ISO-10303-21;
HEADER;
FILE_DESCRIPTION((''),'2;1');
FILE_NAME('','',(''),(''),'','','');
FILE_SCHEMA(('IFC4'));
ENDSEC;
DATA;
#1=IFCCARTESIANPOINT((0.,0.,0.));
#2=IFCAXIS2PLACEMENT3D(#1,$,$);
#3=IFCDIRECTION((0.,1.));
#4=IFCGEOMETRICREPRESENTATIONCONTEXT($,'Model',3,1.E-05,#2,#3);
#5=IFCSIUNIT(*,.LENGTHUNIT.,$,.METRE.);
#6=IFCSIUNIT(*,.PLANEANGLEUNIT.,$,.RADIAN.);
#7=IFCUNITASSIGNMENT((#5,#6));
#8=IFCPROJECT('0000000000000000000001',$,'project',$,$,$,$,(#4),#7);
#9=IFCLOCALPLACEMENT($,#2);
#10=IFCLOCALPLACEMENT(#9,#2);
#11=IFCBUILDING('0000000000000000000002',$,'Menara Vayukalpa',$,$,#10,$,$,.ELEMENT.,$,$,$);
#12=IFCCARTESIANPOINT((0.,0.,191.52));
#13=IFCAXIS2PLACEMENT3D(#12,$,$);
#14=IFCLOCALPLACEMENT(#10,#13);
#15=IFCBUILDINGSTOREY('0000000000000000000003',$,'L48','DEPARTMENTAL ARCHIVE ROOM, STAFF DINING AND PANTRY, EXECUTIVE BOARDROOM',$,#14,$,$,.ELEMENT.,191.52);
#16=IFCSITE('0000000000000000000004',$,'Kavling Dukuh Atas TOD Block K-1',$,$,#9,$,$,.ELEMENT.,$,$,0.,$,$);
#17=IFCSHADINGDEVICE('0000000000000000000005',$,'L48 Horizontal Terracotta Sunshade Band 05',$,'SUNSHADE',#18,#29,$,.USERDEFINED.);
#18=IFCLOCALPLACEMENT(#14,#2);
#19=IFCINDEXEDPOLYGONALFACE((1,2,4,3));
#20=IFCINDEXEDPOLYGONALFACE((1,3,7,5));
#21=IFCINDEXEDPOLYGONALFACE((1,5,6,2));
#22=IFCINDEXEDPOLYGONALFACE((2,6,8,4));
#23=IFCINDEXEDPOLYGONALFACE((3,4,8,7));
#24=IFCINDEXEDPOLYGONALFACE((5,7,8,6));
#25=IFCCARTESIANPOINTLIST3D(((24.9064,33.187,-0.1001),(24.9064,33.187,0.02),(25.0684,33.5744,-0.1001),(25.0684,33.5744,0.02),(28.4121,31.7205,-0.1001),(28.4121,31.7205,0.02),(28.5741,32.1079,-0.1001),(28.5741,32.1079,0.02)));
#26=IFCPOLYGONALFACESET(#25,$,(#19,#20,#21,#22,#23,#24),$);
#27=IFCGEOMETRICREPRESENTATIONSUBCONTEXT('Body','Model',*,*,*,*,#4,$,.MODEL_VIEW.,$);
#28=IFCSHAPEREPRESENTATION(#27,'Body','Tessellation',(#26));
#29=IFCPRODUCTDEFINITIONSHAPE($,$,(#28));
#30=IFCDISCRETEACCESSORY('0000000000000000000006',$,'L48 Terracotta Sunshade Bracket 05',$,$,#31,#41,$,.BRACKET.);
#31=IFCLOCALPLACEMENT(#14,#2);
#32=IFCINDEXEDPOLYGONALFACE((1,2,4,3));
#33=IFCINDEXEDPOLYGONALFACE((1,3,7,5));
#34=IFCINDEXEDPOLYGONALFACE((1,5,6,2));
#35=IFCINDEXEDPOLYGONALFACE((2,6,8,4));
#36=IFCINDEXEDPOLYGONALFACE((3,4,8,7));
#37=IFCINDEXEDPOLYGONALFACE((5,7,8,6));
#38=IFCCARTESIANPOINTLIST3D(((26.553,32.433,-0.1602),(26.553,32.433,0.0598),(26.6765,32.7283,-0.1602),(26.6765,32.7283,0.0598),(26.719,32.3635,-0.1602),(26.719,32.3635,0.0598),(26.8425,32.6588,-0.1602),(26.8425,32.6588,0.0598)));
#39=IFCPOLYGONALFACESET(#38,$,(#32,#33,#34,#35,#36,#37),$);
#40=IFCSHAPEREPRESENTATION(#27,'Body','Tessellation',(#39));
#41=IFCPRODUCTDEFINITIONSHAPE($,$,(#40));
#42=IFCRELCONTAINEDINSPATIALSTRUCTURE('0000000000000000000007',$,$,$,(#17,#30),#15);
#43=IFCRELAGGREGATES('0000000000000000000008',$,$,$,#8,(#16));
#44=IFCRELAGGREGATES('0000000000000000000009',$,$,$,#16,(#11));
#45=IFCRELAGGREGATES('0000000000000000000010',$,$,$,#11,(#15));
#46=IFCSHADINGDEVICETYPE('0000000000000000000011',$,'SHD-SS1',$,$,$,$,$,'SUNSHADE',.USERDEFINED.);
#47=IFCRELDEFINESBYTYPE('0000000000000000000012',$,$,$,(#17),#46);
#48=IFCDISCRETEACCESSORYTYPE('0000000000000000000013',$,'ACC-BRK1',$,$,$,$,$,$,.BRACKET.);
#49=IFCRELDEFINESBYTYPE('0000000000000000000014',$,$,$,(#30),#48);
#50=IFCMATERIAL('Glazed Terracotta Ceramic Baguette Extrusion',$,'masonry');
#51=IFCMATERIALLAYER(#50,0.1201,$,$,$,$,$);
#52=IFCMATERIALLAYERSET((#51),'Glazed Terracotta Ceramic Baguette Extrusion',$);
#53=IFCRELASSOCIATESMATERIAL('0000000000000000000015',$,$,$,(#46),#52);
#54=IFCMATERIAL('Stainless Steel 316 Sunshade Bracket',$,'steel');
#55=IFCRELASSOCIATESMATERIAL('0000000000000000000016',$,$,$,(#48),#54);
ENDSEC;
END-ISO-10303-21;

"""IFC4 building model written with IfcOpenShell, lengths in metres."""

from ifc_helpers import new_model, si_unit, direction, frame, origin, origin_2d, place, context, subcontext, project, spatial, rectangle, extrude, material, layer, layer_set, type_object, element, save


model = new_model("IFC4")

# Units and contexts
model_context = context("Model", 3, precision=1e-05, world=origin(), true_north=direction((0.0, 1.0)))
body_context = subcontext(model_context, "Body", "Model", "MODEL_VIEW")
ifc_project = project(units=[si_unit("LENGTHUNIT", "METRE"), si_unit("PLANEANGLEUNIT", "RADIAN")], contexts=[model_context])

# Site, building, storey
site_placement = place(None, origin())
site = spatial("IfcSite", under=ifc_project, at=site_placement, Name="Kavling Dukuh Atas TOD Block K-1", CompositionType="ELEMENT", RefElevation=0.0)
building_placement = place(site_placement, origin())
building = spatial("IfcBuilding", under=site, at=building_placement, Name="Menara Vayukalpa", CompositionType="ELEMENT")
storey_placement = place(building_placement, frame((0.0, 0.0, 191.52)))
storey = spatial("IfcBuildingStorey", under=building, at=storey_placement, Name="L48", Description="DEPARTMENTAL ARCHIVE ROOM, STAFF DINING AND PANTRY, EXECUTIVE BOARDROOM", CompositionType="ELEMENT", Elevation=191.52)

# Shading device
ifc_material_1 = material(Name="Glazed Terracotta Ceramic Baguette Extrusion", Category="masonry")
ifc_layer_1 = layer(ifc_material_1, 0.1201)
ifc_layer_set_1 = layer_set([ifc_layer_1], Name="Glazed Terracotta Ceramic Baguette Extrusion")
shading_device_type = type_object("IfcShadingDeviceType", Name="SHD-SS1", ElementType="SUNSHADE", PredefinedType="USERDEFINED", material=ifc_layer_set_1)
shading_device_placement = place(storey_placement, frame((26.7402, 32.6475, -0.1001), z_axis=(0.0, 0.0, 1.0), x_axis=(-0.922538, 0.385906, 0.0)))
element("IfcShadingDevice", 1, at=shading_device_placement, inside=storey, type_object=shading_device_type, Name="L48 Horizontal Terracotta Sunshade Band 05", ObjectType="SUNSHADE", PredefinedType="USERDEFINED", context=body_context, shape_type="SweptSolid", body=[
    extrude(rectangle(XDim=3.8, YDim=0.4199, at=origin_2d()), origin(), (0.0, 0.0, 1.0), 0.1201),
])

# Discrete accessory
ifc_material_2 = material(Name="Stainless Steel 316 Sunshade Bracket", Category="steel")
discrete_accessory_type = type_object("IfcDiscreteAccessoryType", Name="ACC-BRK1", PredefinedType="BRACKET", material=ifc_material_2)
discrete_accessory_placement = place(storey_placement, frame((26.6978, 32.5459, -0.1602), z_axis=(0.0, 0.0, 1.0), x_axis=(-0.922538, 0.385906, 0.0)))
element("IfcDiscreteAccessory", 2, at=discrete_accessory_placement, inside=storey, type_object=discrete_accessory_type, Name="L48 Terracotta Sunshade Bracket 05", PredefinedType="BRACKET", context=body_context, shape_type="SweptSolid", body=[
    extrude(rectangle(XDim=0.1799, YDim=0.3201, at=origin_2d()), origin(), (0.0, 0.0, 1.0), 0.22),
])

save(model, "model.ifc")
